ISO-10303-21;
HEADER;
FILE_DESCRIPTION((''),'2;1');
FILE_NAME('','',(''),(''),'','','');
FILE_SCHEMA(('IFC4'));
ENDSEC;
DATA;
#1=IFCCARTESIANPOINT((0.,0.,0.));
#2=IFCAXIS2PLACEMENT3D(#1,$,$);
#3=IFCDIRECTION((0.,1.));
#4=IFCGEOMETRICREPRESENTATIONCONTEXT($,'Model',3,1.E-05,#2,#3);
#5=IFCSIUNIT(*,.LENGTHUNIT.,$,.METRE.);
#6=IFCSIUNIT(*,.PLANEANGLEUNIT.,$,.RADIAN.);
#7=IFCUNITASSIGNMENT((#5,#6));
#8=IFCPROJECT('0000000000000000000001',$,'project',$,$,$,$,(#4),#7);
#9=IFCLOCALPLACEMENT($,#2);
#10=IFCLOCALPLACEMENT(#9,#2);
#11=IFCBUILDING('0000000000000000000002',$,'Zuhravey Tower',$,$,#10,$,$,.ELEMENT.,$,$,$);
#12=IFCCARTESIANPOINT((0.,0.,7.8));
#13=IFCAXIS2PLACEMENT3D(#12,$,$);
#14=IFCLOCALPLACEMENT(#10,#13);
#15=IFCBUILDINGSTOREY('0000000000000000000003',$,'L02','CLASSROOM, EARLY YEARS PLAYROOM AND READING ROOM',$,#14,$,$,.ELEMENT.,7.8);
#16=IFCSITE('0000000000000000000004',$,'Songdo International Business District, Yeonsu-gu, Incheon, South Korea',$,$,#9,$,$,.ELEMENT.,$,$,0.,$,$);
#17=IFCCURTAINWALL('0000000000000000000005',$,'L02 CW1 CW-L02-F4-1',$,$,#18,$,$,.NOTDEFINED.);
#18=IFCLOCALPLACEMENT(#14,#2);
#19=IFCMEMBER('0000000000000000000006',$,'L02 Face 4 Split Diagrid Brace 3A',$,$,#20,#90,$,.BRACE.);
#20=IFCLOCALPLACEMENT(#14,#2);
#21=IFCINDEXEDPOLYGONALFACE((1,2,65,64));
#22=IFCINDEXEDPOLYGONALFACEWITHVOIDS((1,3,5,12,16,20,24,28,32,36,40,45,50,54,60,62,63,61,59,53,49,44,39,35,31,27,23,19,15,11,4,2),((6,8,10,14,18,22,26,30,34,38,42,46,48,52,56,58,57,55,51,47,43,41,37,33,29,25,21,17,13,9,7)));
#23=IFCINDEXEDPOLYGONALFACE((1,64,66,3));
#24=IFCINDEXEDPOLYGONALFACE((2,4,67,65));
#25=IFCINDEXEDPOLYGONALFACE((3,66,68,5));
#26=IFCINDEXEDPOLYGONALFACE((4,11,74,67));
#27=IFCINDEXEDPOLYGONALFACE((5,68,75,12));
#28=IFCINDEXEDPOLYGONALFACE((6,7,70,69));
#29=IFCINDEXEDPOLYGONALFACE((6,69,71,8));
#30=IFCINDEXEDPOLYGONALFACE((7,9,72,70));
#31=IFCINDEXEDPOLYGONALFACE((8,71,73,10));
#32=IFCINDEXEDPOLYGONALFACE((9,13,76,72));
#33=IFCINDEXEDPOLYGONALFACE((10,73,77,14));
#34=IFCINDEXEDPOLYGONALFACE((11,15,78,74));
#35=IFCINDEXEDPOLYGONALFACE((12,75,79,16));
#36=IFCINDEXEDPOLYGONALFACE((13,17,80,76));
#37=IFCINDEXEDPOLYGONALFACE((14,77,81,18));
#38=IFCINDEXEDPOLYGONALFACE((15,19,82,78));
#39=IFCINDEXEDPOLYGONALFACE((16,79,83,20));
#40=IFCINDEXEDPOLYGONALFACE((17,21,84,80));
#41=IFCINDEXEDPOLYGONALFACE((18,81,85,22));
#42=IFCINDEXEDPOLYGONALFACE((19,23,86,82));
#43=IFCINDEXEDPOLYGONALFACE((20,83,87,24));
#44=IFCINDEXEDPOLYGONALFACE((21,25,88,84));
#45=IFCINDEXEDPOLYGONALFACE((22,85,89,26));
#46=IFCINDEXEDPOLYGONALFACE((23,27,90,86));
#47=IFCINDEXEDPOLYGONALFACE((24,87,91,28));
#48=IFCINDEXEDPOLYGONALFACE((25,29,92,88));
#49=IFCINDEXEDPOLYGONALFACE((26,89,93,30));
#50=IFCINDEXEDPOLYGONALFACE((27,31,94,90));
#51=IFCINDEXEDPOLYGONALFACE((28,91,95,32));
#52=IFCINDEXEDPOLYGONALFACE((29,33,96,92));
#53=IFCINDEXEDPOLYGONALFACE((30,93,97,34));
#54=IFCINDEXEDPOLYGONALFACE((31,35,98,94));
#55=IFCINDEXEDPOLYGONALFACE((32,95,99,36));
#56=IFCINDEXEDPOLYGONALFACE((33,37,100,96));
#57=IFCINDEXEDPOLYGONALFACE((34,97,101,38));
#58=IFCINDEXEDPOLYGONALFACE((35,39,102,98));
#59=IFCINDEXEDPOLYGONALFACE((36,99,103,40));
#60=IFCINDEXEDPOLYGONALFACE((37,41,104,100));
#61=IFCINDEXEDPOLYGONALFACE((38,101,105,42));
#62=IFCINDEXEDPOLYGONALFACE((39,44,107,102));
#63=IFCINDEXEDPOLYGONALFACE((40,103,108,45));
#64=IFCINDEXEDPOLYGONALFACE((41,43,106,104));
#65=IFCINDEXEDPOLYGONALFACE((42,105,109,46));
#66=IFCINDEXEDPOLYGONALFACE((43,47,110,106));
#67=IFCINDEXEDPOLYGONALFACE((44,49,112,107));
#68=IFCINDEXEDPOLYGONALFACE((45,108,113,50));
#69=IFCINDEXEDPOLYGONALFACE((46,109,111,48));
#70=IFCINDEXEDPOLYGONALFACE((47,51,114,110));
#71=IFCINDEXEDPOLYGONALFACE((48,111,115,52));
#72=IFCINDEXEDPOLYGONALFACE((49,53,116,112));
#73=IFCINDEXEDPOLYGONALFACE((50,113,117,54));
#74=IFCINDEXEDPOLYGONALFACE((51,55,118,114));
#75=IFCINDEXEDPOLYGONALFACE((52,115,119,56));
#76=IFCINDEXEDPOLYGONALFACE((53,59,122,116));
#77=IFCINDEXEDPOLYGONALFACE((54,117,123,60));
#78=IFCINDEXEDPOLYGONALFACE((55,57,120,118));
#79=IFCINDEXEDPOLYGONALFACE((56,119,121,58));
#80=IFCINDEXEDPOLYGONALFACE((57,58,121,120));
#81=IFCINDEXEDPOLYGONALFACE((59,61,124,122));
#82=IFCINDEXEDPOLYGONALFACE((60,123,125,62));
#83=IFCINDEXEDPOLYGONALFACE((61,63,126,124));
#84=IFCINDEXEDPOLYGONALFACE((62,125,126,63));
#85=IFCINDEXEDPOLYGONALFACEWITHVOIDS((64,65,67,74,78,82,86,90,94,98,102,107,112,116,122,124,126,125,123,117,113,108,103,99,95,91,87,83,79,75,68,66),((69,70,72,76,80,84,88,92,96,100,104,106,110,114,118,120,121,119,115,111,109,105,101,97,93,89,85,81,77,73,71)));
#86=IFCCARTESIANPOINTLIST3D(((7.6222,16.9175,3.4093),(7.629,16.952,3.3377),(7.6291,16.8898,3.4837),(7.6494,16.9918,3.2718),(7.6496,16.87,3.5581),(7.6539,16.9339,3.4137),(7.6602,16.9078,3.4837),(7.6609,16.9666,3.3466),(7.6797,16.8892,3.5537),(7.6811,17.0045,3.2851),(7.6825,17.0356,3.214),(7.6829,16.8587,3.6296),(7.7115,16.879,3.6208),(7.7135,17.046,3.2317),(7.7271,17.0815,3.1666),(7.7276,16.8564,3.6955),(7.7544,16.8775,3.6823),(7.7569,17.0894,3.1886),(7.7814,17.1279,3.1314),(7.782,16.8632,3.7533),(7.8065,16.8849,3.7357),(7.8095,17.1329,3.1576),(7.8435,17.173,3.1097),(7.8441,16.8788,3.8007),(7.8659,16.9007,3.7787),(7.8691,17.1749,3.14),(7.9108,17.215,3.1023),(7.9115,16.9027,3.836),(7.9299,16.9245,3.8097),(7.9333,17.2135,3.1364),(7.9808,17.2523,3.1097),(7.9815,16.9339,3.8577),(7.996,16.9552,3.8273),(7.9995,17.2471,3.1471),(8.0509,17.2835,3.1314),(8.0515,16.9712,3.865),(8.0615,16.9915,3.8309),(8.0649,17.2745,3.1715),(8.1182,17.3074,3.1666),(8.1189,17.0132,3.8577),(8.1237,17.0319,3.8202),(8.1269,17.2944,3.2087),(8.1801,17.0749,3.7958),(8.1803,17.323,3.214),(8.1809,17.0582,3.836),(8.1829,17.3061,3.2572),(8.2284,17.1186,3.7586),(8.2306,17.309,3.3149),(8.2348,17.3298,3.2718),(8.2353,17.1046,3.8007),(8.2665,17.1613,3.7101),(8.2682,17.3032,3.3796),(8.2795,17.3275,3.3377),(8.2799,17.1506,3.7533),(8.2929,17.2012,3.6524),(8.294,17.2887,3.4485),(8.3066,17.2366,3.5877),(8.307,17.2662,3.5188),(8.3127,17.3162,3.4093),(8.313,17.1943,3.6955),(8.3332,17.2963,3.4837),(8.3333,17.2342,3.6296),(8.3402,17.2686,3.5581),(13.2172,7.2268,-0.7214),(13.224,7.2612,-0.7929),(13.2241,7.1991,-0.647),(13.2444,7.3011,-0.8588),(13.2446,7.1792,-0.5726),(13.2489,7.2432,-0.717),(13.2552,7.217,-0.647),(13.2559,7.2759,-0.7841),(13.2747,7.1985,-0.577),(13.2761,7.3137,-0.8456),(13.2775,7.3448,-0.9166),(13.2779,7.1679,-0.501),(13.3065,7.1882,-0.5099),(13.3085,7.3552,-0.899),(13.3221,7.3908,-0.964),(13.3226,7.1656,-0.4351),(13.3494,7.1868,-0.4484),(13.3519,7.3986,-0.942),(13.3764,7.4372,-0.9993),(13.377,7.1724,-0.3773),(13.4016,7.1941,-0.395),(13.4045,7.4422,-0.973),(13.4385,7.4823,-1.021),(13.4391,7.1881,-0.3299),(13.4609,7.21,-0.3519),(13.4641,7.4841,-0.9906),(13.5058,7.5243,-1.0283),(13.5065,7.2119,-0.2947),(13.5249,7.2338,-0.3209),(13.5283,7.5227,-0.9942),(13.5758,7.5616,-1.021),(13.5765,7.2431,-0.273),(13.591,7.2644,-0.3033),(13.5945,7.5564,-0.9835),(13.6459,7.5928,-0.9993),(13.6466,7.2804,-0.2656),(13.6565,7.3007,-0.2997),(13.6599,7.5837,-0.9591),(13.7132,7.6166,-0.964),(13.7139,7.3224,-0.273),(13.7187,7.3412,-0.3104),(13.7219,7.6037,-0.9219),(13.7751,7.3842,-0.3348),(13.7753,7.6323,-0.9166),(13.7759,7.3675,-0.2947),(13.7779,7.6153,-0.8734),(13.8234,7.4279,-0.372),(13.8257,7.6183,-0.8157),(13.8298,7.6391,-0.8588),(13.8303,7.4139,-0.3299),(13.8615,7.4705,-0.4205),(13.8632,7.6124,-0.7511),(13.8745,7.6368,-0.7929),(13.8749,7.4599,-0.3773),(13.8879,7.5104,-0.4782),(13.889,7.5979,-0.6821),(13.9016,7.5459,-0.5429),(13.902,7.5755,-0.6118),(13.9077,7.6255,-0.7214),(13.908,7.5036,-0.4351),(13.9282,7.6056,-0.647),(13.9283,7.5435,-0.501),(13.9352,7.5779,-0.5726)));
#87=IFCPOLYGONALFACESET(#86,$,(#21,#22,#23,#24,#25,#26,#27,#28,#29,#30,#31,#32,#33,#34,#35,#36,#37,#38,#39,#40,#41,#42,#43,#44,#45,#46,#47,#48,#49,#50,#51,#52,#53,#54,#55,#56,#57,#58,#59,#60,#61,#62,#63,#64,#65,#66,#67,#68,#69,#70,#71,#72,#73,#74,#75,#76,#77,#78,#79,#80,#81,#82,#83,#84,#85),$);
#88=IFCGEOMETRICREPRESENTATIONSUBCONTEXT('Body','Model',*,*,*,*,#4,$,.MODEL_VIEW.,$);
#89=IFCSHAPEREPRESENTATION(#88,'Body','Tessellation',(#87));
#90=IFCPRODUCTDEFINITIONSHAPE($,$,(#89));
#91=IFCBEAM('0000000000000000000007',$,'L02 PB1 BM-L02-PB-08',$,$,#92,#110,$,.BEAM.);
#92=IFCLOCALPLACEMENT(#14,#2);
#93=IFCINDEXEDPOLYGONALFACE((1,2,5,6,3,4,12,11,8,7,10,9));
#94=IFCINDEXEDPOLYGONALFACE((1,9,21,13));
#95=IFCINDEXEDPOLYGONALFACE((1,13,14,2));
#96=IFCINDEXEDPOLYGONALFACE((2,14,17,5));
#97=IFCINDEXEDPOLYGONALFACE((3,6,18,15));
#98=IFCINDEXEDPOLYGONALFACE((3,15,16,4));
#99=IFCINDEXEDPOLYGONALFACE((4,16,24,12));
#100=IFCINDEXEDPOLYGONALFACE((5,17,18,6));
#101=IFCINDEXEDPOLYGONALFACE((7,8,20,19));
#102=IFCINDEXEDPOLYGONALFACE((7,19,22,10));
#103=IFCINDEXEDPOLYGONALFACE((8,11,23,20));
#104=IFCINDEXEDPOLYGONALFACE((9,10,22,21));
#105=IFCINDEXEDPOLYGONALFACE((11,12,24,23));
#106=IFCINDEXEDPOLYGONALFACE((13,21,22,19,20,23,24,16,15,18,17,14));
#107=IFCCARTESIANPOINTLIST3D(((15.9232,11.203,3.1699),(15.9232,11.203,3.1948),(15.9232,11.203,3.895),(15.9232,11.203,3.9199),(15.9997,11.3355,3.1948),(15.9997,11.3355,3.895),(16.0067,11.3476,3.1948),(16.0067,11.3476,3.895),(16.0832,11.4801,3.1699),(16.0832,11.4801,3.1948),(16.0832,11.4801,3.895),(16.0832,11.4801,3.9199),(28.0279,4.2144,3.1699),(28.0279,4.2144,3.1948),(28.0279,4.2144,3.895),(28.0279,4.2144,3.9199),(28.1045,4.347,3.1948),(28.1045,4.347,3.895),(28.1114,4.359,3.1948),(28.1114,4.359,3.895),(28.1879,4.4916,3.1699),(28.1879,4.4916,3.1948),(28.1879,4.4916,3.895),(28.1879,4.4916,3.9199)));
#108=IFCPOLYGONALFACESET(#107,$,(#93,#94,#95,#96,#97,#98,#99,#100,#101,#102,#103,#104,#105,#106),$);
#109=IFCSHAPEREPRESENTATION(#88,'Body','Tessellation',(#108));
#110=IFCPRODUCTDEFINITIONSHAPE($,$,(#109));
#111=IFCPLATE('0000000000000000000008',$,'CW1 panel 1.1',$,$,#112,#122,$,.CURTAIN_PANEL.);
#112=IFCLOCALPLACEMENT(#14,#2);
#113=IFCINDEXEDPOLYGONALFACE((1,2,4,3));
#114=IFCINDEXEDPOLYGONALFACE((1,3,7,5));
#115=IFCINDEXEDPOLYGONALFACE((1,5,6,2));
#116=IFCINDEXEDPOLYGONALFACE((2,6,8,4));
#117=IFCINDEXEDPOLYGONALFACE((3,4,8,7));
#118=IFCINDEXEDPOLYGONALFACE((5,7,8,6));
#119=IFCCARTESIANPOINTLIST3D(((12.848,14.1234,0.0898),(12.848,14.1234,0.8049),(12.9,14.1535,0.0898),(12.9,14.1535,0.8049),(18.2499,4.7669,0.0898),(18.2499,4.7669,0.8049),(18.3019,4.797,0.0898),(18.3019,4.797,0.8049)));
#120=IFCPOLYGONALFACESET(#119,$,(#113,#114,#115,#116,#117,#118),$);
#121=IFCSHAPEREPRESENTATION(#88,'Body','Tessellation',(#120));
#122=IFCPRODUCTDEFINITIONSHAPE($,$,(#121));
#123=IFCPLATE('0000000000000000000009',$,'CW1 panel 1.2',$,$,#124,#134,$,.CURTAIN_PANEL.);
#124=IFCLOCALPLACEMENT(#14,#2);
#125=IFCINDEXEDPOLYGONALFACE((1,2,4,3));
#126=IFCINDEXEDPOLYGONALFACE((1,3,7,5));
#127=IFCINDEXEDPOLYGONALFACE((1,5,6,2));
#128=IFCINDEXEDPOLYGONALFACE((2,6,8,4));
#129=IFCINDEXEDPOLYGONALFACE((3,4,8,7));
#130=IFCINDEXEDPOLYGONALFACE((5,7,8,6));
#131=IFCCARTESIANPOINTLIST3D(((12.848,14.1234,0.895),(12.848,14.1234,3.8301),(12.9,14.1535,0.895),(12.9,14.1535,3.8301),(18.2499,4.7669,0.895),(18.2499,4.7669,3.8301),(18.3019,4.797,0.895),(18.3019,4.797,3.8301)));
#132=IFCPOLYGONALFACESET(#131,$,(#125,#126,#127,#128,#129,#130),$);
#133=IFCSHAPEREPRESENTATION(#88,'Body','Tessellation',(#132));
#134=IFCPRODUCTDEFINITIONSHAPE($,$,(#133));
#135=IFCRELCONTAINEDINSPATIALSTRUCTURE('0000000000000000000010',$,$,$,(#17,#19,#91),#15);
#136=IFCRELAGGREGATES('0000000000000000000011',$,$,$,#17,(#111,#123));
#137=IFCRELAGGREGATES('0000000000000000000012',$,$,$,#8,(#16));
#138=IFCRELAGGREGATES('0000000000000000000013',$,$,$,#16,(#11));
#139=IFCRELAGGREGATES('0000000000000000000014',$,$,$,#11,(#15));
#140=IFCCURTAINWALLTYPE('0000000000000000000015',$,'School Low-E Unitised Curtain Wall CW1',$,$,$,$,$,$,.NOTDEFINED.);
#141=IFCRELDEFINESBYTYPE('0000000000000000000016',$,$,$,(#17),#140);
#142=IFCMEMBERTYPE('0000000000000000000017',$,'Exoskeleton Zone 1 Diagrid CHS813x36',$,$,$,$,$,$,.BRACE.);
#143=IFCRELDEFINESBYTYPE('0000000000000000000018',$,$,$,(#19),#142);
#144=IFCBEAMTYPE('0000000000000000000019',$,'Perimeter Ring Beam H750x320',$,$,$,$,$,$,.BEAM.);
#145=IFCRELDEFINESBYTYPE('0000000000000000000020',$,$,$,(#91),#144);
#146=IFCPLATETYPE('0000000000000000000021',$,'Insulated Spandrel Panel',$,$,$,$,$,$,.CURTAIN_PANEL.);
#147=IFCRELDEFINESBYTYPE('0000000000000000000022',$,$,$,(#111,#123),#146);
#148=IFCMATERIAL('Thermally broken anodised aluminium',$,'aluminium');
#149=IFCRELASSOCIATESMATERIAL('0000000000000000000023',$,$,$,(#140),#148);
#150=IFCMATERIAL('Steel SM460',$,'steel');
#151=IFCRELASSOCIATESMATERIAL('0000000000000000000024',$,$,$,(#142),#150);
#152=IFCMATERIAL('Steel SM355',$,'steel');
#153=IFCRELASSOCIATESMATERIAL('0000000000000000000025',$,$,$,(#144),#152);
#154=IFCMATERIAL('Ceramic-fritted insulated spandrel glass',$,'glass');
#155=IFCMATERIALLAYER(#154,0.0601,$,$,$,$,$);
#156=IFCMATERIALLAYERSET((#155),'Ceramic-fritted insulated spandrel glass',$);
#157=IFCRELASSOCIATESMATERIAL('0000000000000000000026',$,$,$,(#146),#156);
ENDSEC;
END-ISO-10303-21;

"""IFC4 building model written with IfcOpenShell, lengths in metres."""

from ifc_helpers import new_model, si_unit, direction, frame, origin, origin_2d, place, context, subcontext, project, spatial, rectangle, hollow_circle, i_section, extrude, material, layer, layer_set, material_profile, profile_set, type_object, element, aggregate, save


model = new_model("IFC4")

# Units and contexts
model_context = context("Model", 3, precision=1e-05, world=origin(), true_north=direction((0.0, 1.0)))
body_context = subcontext(model_context, "Body", "Model", "MODEL_VIEW")
ifc_project = project(units=[si_unit("LENGTHUNIT", "METRE"), si_unit("PLANEANGLEUNIT", "RADIAN")], contexts=[model_context])

# Site, building, storey
site_placement = place(None, origin())
site = spatial("IfcSite", under=ifc_project, at=site_placement, Name="Songdo International Business District, Yeonsu-gu, Incheon, South Korea", CompositionType="ELEMENT", RefElevation=0.0)
building_placement = place(site_placement, origin())
building = spatial("IfcBuilding", under=site, at=building_placement, Name="Zuhravey Tower", CompositionType="ELEMENT")
storey_placement = place(building_placement, frame((0.0, 0.0, 7.8)))
storey = spatial("IfcBuildingStorey", under=building, at=storey_placement, Name="L02", Description="CLASSROOM, EARLY YEARS PLAYROOM AND READING ROOM", CompositionType="ELEMENT", Elevation=7.8)

# Curtain wall
ifc_material_1 = material(Name="Thermally broken anodised aluminium", Category="aluminium")
curtain_wall_type = type_object("IfcCurtainWallType", Name="School Low-E Unitised Curtain Wall CW1", PredefinedType="NOTDEFINED", material=ifc_material_1)
curtain_wall_1_placement = place(storey_placement, origin())
curtain_wall_1 = element("IfcCurtainWall", 1, at=curtain_wall_1_placement, inside=storey, type_object=curtain_wall_type, Name="L02 CW1 CW-L02-F4-1", PredefinedType="NOTDEFINED")

# Member
ifc_material_2 = material(Name="Steel SM460", Category="steel")
ifc_material_profile_1 = material_profile(ifc_material_2, hollow_circle(Radius=0.4065, WallThickness=0.0359, at=origin_2d()), Name="CHS-812.8x36")
ifc_profile_set_1 = profile_set([ifc_material_profile_1], Name="Steel SM460")
member_type_1 = type_object("IfcMemberType", Name="Exoskeleton Zone 1 Diagrid CHS813x36", PredefinedType="BRACE", material=ifc_profile_set_1)
member_1_placement = place(storey_placement, frame((13.5762, 7.4023, -0.647), z_axis=(-0.469066, 0.812437, 0.346299), x_axis=(-0.866023, -0.500004, 0.0)))
element("IfcMember", 2, at=member_1_placement, inside=storey, type_object=member_type_1, Name="L02 Face 4 Split Diagrid Brace 3A", PredefinedType="BRACE", context=body_context, shape_type="SweptSolid", body=[
    extrude(hollow_circle(Radius=0.4065, WallThickness=0.0359, at=origin_2d()), origin(), (0.0, 0.0, 1.0), 11.928),
])

# Beam
ifc_material_3 = material(Name="Steel SM355", Category="steel")
ifc_material_profile_2 = material_profile(ifc_material_3, i_section(OverallWidth=0.3201, OverallDepth=0.75, WebThickness=0.0139, FlangeThickness=0.0249, at=origin_2d()), Name="H-750x320x14x25")
ifc_profile_set_2 = profile_set([ifc_material_profile_2], Name="Steel SM355")
beam_type = type_object("IfcBeamType", Name="Perimeter Ring Beam H750x320", PredefinedType="BEAM", material=ifc_profile_set_2)
beam_placement = place(storey_placement, frame((16.0032, 11.3416, 3.5449), z_axis=(0.86603, -0.499992, 0.0), x_axis=(0.499992, 0.86603, 0.0)))
element("IfcBeam", 3, at=beam_placement, inside=storey, type_object=beam_type, Name="L02 PB1 BM-L02-PB-08", PredefinedType="BEAM", context=body_context, shape_type="SweptSolid", body=[
    extrude(i_section(OverallWidth=0.3201, OverallDepth=0.75, WebThickness=0.0139, FlangeThickness=0.0249, at=origin_2d()), origin(), (0.0, 0.0, 1.0), 13.9773),
])

# Plates
ifc_material_4 = material(Name="Ceramic-fritted insulated spandrel glass", Category="glass")
ifc_layer_1 = layer(ifc_material_4, 0.0601)
ifc_layer_set_1 = layer_set([ifc_layer_1], Name="Ceramic-fritted insulated spandrel glass")
plate_type = type_object("IfcPlateType", Name="Insulated Spandrel Panel", PredefinedType="CURTAIN_PANEL", material=ifc_layer_set_1)
plate_1_placement = place(storey_placement, frame((15.575, 9.4602, 0.0898), z_axis=(0.0, 0.0, 1.0), x_axis=(-0.499998, 0.866027, 0.0)))
plate_1 = element("IfcPlate", 4, at=plate_1_placement, type_object=plate_type, Name="CW1 panel 1.1", PredefinedType="CURTAIN_PANEL", context=body_context, shape_type="SweptSolid", body=[
    extrude(rectangle(XDim=10.804, YDim=0.0601, at=origin_2d()), origin(), (0.0, 0.0, 1.0), 0.7151),
])
plate_2_placement = place(storey_placement, frame((15.575, 9.4602, 0.895), z_axis=(0.0, 0.0, 1.0), x_axis=(-0.499998, 0.866027, 0.0)))
plate_2 = element("IfcPlate", 5, at=plate_2_placement, type_object=plate_type, Name="CW1 panel 1.2", PredefinedType="CURTAIN_PANEL", context=body_context, shape_type="SweptSolid", body=[
    extrude(rectangle(XDim=10.804, YDim=0.0601, at=origin_2d()), origin(), (0.0, 0.0, 1.0), 2.9351),
])
aggregate(curtain_wall_1, [plate_1, plate_2])

save(model, "model.ifc")
